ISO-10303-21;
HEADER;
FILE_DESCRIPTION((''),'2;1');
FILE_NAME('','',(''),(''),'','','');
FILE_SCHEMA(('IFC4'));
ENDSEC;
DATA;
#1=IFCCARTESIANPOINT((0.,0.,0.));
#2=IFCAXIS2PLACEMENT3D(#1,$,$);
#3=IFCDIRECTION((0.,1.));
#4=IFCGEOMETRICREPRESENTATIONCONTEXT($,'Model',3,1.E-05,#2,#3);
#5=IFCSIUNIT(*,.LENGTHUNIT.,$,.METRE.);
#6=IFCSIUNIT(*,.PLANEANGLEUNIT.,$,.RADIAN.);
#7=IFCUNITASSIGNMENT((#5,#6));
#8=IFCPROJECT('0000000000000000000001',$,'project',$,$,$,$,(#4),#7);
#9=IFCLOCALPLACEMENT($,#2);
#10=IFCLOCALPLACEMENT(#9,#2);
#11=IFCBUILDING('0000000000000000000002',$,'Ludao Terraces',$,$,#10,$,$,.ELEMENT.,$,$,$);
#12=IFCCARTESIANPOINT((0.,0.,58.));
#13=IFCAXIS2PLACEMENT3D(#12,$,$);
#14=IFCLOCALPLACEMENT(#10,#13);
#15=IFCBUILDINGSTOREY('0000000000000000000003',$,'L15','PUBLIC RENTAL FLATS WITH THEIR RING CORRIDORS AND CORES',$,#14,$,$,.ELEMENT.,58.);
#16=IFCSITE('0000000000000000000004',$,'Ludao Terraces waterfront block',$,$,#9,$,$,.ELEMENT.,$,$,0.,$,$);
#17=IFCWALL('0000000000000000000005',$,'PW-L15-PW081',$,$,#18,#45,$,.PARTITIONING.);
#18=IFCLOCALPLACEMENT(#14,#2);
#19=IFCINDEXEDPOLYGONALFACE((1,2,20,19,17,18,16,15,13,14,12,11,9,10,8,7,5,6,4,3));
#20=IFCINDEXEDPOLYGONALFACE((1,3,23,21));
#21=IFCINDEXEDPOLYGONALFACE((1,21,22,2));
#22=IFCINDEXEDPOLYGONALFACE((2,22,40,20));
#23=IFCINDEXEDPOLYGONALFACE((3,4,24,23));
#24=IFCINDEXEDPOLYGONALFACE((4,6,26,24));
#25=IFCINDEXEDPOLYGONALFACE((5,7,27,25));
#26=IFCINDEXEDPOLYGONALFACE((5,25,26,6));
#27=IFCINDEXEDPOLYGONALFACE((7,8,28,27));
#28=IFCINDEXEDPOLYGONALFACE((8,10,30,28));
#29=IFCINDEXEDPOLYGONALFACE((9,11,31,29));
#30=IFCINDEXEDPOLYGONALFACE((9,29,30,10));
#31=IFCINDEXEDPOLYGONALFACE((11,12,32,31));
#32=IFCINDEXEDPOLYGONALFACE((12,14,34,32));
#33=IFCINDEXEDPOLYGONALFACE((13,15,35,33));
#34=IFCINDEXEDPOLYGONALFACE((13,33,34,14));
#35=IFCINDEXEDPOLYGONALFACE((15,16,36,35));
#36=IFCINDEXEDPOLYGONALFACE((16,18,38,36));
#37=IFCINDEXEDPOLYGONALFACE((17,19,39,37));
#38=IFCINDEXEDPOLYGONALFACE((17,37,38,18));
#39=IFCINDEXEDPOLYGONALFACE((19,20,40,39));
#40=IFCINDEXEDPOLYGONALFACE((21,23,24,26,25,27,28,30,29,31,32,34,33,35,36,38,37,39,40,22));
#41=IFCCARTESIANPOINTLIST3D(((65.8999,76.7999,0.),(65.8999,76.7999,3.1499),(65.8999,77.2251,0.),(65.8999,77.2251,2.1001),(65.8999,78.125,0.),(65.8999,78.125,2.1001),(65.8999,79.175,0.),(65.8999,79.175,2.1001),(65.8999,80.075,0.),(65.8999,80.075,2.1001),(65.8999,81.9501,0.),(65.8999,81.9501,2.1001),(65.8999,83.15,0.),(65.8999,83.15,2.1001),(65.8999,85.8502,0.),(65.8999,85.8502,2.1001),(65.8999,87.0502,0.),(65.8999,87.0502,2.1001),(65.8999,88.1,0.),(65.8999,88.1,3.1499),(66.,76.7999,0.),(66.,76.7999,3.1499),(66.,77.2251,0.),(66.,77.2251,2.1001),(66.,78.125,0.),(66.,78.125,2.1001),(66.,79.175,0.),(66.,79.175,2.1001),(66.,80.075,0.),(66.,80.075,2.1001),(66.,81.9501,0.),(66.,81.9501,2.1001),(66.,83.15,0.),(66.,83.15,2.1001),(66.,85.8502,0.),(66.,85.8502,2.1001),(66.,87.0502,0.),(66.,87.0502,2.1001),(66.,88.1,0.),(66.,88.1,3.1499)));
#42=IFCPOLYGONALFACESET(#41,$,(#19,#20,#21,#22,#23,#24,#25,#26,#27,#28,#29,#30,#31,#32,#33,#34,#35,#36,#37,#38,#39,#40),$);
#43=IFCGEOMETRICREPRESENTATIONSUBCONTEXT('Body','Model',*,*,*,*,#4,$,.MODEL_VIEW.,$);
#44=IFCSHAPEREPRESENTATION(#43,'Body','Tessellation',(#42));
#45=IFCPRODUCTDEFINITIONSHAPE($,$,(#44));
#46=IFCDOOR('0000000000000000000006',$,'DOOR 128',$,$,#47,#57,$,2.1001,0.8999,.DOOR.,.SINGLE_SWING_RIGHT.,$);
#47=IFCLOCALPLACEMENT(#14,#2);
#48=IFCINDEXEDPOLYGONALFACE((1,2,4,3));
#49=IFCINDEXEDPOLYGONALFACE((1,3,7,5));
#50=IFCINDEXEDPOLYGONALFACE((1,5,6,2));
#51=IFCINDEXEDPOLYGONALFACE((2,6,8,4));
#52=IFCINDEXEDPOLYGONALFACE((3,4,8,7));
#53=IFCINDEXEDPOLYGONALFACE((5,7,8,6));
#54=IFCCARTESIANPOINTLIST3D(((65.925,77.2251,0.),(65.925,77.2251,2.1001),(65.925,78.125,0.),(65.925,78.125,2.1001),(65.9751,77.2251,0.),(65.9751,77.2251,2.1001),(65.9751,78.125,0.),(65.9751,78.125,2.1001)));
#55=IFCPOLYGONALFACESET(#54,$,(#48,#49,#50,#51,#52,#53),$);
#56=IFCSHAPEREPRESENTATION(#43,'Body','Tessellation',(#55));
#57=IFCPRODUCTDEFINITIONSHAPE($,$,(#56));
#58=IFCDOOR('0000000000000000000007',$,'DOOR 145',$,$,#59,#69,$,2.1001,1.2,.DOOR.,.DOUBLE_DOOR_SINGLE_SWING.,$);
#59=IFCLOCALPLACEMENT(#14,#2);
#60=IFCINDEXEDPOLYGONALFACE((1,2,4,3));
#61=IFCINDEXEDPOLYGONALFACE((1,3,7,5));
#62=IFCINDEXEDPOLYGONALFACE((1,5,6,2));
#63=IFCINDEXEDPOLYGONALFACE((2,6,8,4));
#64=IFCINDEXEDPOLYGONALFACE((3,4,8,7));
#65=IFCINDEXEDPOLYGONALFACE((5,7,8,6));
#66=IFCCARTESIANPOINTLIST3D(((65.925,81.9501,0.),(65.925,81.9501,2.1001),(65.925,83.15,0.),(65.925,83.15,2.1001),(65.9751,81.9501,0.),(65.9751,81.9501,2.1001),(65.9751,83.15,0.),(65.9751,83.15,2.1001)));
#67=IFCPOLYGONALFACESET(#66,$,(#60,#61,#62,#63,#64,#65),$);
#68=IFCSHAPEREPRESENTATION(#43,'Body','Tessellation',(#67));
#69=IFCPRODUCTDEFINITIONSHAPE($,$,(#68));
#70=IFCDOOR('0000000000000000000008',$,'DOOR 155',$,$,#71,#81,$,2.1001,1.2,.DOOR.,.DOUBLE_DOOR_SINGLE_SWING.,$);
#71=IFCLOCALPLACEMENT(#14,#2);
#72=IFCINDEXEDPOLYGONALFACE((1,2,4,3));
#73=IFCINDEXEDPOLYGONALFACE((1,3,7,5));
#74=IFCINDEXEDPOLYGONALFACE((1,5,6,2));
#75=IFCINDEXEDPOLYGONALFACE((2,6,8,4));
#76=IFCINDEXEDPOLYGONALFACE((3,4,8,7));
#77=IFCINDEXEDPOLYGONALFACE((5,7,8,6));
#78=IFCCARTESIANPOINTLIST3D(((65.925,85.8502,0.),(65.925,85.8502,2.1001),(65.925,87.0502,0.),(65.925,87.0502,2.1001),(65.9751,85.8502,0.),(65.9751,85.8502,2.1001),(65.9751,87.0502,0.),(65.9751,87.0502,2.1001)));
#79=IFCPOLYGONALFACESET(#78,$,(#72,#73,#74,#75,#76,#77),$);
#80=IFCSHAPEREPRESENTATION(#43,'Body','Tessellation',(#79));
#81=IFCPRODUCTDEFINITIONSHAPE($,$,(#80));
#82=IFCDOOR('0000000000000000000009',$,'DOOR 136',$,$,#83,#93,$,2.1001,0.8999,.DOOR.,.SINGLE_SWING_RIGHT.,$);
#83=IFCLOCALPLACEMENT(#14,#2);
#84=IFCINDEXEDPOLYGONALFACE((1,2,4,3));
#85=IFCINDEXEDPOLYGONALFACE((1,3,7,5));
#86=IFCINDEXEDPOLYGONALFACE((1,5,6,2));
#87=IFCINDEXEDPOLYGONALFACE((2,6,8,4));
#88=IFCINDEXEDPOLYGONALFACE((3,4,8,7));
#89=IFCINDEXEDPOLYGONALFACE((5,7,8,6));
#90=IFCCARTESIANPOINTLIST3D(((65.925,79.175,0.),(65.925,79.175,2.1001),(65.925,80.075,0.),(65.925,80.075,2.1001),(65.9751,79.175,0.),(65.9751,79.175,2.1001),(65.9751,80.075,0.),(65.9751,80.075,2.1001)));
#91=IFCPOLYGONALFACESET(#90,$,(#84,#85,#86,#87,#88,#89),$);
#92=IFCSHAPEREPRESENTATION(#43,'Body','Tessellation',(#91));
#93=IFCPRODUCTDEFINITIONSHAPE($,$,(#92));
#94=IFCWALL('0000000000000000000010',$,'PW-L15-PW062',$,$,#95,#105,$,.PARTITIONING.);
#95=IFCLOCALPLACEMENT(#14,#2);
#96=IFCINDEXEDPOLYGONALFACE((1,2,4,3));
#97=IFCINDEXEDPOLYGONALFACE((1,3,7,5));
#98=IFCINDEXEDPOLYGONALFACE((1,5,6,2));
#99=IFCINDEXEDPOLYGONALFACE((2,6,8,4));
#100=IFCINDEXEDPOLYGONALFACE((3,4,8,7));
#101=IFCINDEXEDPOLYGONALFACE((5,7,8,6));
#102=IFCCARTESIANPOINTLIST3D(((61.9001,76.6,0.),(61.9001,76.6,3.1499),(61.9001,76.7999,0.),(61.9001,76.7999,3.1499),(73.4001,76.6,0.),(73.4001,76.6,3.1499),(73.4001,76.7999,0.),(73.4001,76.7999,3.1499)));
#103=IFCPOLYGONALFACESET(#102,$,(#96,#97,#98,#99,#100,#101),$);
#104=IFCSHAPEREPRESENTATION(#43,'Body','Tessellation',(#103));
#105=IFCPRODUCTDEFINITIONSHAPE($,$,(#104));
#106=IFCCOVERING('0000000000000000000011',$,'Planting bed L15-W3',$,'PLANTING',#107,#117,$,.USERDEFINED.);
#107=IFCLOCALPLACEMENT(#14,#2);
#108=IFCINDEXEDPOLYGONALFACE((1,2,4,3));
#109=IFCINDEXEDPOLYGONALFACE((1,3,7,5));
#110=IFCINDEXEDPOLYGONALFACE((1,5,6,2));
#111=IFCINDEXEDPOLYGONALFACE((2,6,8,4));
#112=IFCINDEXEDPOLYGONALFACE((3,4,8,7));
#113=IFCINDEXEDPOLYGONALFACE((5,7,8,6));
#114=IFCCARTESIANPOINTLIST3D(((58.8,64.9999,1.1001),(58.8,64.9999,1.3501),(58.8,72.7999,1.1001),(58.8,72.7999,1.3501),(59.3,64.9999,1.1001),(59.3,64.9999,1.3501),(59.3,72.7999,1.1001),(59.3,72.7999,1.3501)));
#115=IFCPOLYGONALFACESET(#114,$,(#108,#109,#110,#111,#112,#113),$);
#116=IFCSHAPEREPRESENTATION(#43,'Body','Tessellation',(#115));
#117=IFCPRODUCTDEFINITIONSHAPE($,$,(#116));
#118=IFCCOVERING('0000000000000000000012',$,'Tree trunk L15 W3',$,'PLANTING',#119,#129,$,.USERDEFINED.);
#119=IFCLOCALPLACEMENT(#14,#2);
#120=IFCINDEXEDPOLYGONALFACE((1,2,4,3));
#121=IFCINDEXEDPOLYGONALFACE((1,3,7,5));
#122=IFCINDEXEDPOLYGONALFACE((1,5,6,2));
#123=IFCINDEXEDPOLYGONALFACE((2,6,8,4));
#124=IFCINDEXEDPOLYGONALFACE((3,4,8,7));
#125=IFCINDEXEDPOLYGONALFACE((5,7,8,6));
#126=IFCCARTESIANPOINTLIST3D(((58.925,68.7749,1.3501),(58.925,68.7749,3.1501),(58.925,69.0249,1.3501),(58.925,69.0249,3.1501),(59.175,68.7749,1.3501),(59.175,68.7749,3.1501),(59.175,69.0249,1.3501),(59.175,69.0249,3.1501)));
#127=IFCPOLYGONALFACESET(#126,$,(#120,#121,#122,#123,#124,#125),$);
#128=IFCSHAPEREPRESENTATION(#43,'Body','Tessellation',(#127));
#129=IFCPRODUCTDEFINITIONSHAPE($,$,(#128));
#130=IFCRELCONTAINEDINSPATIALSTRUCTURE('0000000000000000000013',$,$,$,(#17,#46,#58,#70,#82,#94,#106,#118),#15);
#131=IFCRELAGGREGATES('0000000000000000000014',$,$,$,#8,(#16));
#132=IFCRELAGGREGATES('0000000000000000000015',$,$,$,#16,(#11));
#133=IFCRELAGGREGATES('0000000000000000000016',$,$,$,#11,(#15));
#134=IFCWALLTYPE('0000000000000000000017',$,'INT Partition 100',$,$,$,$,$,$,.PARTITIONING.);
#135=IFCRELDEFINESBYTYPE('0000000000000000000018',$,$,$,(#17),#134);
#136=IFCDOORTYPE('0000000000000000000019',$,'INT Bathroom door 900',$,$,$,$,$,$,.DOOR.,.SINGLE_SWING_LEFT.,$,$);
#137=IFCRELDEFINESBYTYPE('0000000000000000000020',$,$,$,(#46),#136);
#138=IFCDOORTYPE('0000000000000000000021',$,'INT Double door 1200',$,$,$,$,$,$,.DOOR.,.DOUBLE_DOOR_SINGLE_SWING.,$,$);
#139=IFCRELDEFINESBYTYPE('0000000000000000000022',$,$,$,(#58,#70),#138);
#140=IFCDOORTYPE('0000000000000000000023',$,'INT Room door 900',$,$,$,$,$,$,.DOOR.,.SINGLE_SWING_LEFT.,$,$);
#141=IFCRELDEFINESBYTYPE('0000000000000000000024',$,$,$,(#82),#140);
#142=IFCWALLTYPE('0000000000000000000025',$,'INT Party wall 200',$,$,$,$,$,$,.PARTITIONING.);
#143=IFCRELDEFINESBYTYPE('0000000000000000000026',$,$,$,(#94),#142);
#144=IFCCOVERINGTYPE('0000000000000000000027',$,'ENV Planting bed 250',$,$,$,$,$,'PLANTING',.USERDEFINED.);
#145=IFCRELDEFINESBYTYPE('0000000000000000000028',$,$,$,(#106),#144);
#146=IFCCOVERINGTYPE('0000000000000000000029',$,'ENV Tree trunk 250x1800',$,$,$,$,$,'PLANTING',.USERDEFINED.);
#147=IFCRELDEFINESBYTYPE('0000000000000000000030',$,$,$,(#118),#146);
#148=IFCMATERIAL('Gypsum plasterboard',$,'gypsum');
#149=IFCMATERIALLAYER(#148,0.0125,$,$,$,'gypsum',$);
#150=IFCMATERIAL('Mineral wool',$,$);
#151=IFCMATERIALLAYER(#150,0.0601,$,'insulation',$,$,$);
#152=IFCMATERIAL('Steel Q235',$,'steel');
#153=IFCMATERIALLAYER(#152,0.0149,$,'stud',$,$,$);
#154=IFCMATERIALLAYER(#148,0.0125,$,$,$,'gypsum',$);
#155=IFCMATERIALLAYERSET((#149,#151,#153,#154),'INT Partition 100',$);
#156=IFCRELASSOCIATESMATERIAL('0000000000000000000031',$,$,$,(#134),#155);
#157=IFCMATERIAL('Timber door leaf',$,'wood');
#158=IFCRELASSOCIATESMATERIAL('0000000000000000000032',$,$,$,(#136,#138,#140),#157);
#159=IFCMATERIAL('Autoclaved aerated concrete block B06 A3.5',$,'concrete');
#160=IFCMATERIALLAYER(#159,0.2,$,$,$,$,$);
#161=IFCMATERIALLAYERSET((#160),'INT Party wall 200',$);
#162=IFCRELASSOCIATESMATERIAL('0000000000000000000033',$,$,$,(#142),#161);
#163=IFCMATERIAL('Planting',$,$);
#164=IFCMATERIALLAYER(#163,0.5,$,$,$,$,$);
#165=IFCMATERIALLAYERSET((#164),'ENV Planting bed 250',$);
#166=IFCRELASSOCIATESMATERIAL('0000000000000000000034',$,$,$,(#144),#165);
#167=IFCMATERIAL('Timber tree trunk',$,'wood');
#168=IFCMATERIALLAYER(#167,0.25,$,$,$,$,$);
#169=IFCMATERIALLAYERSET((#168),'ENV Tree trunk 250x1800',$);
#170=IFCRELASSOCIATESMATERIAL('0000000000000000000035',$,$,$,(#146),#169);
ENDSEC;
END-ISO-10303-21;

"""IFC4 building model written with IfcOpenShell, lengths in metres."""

from ifc_helpers import new_model, si_unit, direction, frame, frame_2d, origin, origin_2d, place, context, subcontext, project, spatial, rectangle, extrude, material, layer, layer_set, type_object, element, fill, save


model = new_model("IFC4")

# Units and contexts
model_context = context("Model", 3, precision=1e-05, world=origin(), true_north=direction((0.0, 1.0)))
body_context = subcontext(model_context, "Body", "Model", "MODEL_VIEW")
ifc_project = project(units=[si_unit("LENGTHUNIT", "METRE"), si_unit("PLANEANGLEUNIT", "RADIAN")], contexts=[model_context])

# Site, building, storey
site_placement = place(None, origin())
site = spatial("IfcSite", under=ifc_project, at=site_placement, Name="Ludao Terraces waterfront block", CompositionType="ELEMENT", RefElevation=0.0)
building_placement = place(site_placement, origin())
building = spatial("IfcBuilding", under=site, at=building_placement, Name="Ludao Terraces", CompositionType="ELEMENT")
storey_placement = place(building_placement, frame((0.0, 0.0, 58.0)))
storey = spatial("IfcBuildingStorey", under=building, at=storey_placement, Name="L15", Description="PUBLIC RENTAL FLATS WITH THEIR RING CORRIDORS AND CORES", CompositionType="ELEMENT", Elevation=58.0)

# Shared definitions
ifc_material_1 = material(Name="Mineral wool")

# Shared definitions
ifc_material_2 = material(Name="Gypsum plasterboard", Category="gypsum")
ifc_layer_1 = layer(ifc_material_2, 0.0125, Category="gypsum")
ifc_layer_2 = layer(ifc_material_1, 0.0601, Name="insulation")
ifc_material_3 = material(Name="Steel Q235", Category="steel")
ifc_layer_3 = layer(ifc_material_3, 0.0149, Name="stud")
ifc_layer_4 = layer(ifc_material_2, 0.0125, Category="gypsum")
ifc_layer_set_1 = layer_set([ifc_layer_1, ifc_layer_2, ifc_layer_3, ifc_layer_4], Name="INT Partition 100")
wall_type_1 = type_object("IfcWallType", Name="INT Partition 100", PredefinedType="PARTITIONING", material=ifc_layer_set_1)

# Wall, openings, doors
wall_1_placement = place(storey_placement, frame((65.95, 76.8, 0.0), z_axis=(0.0, 0.0, 1.0), x_axis=(0.0, 1.0, 0.0)))
wall_1 = element("IfcWall", 1, at=wall_1_placement, inside=storey, type_object=wall_type_1, Name="PW-L15-PW081", PredefinedType="PARTITIONING", context=body_context, shape_type="SweptSolid", body=[
    extrude(rectangle(XDim=11.3, YDim=0.1001, at=frame_2d((5.6499, 0.0))), origin(), (0.0, 0.0, 1.0), 3.1499),
])
opening_1_placement = place(wall_1_placement, frame((0.425, 0.0, 0.0)))
opening_1 = element("IfcOpeningElement", 2, at=opening_1_placement, cuts=wall_1, PredefinedType="OPENING", context=body_context, shape_type="SweptSolid", body=[
    extrude(rectangle(XDim=0.8999, YDim=2.1001, at=frame_2d((0.45, 1.05))), frame((0.0, 0.0601, 0.0), z_axis=(0.0, -1.0, 0.0), x_axis=(1.0, 0.0, 0.0)), (0.0, 0.0, 1.0), 0.1201),
])
opening_2_placement = place(wall_1_placement, frame((2.375, 0.0, 0.0)))
opening_2 = element("IfcOpeningElement", 3, at=opening_2_placement, cuts=wall_1, PredefinedType="OPENING", context=body_context, shape_type="SweptSolid", body=[
    extrude(rectangle(XDim=0.8999, YDim=2.1001, at=frame_2d((0.45, 1.05))), frame((0.0, 0.0601, 0.0), z_axis=(0.0, -1.0, 0.0), x_axis=(1.0, 0.0, 0.0)), (0.0, 0.0, 1.0), 0.1201),
])
opening_3_placement = place(wall_1_placement, frame((5.1499, 0.0, 0.0)))
opening_3 = element("IfcOpeningElement", 4, at=opening_3_placement, cuts=wall_1, PredefinedType="OPENING", context=body_context, shape_type="SweptSolid", body=[
    extrude(rectangle(XDim=1.2, YDim=2.1001, at=frame_2d((0.6001, 1.05))), frame((0.0, 0.0601, 0.0), z_axis=(0.0, -1.0, 0.0), x_axis=(1.0, 0.0, 0.0)), (0.0, 0.0, 1.0), 0.1201),
])
opening_4_placement = place(wall_1_placement, frame((9.05, 0.0, 0.0)))
opening_4 = element("IfcOpeningElement", 5, at=opening_4_placement, cuts=wall_1, PredefinedType="OPENING", context=body_context, shape_type="SweptSolid", body=[
    extrude(rectangle(XDim=1.2, YDim=2.1001, at=frame_2d((0.6001, 1.05))), frame((0.0, 0.0601, 0.0), z_axis=(0.0, -1.0, 0.0), x_axis=(1.0, 0.0, 0.0)), (0.0, 0.0, 1.0), 0.1201),
])
ifc_material_4 = material(Name="Timber door leaf", Category="wood")
door_type_1 = type_object("IfcDoorType", Name="INT Bathroom door 900", OperationType="SINGLE_SWING_LEFT", PredefinedType="DOOR", material=ifc_material_4)
door_1_placement = place(opening_1_placement, origin())
door_1 = element("IfcDoor", 6, at=door_1_placement, inside=storey, type_object=door_type_1, Name="DOOR 128", OperationType="SINGLE_SWING_RIGHT", OverallHeight=2.1001, OverallWidth=0.8999, PredefinedType="DOOR", context=body_context, shape_type="SweptSolid", body=[
    extrude(rectangle(XDim=0.8999, YDim=2.1001, at=frame_2d((0.45, 1.05))), frame((0.0, 0.0249, 0.0), z_axis=(0.0, -1.0, 0.0), x_axis=(1.0, 0.0, 0.0)), (0.0, 0.0, 1.0), 0.05),
])
fill(opening_1, door_1)
door_type_2 = type_object("IfcDoorType", Name="INT Double door 1200", OperationType="DOUBLE_DOOR_SINGLE_SWING", PredefinedType="DOOR", material=ifc_material_4)
door_2_placement = place(opening_3_placement, origin())
door_2 = element("IfcDoor", 7, at=door_2_placement, inside=storey, type_object=door_type_2, Name="DOOR 145", OperationType="DOUBLE_DOOR_SINGLE_SWING", OverallHeight=2.1001, OverallWidth=1.2, PredefinedType="DOOR", context=body_context, shape_type="SweptSolid", body=[
    extrude(rectangle(XDim=1.2, YDim=2.1001, at=frame_2d((0.6001, 1.05))), frame((0.0, 0.0249, 0.0), z_axis=(0.0, -1.0, 0.0), x_axis=(1.0, 0.0, 0.0)), (0.0, 0.0, 1.0), 0.05),
])
fill(opening_3, door_2)
door_3_placement = place(opening_4_placement, origin())
door_3 = element("IfcDoor", 8, at=door_3_placement, inside=storey, type_object=door_type_2, Name="DOOR 155", OperationType="DOUBLE_DOOR_SINGLE_SWING", OverallHeight=2.1001, OverallWidth=1.2, PredefinedType="DOOR", context=body_context, shape_type="SweptSolid", body=[
    extrude(rectangle(XDim=1.2, YDim=2.1001, at=frame_2d((0.6001, 1.05))), frame((0.0, 0.0249, 0.0), z_axis=(0.0, -1.0, 0.0), x_axis=(1.0, 0.0, 0.0)), (0.0, 0.0, 1.0), 0.05),
])
fill(opening_4, door_3)
door_type_3 = type_object("IfcDoorType", Name="INT Room door 900", OperationType="SINGLE_SWING_LEFT", PredefinedType="DOOR", material=ifc_material_4)
door_4_placement = place(opening_2_placement, origin())
door_4 = element("IfcDoor", 9, at=door_4_placement, inside=storey, type_object=door_type_3, Name="DOOR 136", OperationType="SINGLE_SWING_RIGHT", OverallHeight=2.1001, OverallWidth=0.8999, PredefinedType="DOOR", context=body_context, shape_type="SweptSolid", body=[
    extrude(rectangle(XDim=0.8999, YDim=2.1001, at=frame_2d((0.45, 1.05))), frame((0.0, 0.0249, 0.0), z_axis=(0.0, -1.0, 0.0), x_axis=(1.0, 0.0, 0.0)), (0.0, 0.0, 1.0), 0.05),
])
fill(opening_2, door_4)

# Wall
ifc_material_5 = material(Name="Autoclaved aerated concrete block B06 A3.5", Category="concrete")
ifc_layer_5 = layer(ifc_material_5, 0.2)
ifc_layer_set_2 = layer_set([ifc_layer_5], Name="INT Party wall 200")
wall_type_2 = type_object("IfcWallType", Name="INT Party wall 200", PredefinedType="PARTITIONING", material=ifc_layer_set_2)
wall_2_placement = place(storey_placement, frame((61.9001, 76.7, 0.0), z_axis=(0.0, 0.0, 1.0), x_axis=(1.0, 0.0, 0.0)))
element("IfcWall", 10, at=wall_2_placement, inside=storey, type_object=wall_type_2, Name="PW-L15-PW062", PredefinedType="PARTITIONING", context=body_context, shape_type="SweptSolid", body=[
    extrude(rectangle(XDim=11.5, YDim=0.2, at=frame_2d((5.75, 0.0))), origin(), (0.0, 0.0, 1.0), 3.1499),
])

# Coverings
ifc_material_6 = material(Name="Planting")
ifc_layer_6 = layer(ifc_material_6, 0.5)
ifc_layer_set_3 = layer_set([ifc_layer_6], Name="ENV Planting bed 250")
covering_type_1 = type_object("IfcCoveringType", Name="ENV Planting bed 250", ElementType="PLANTING", PredefinedType="USERDEFINED", material=ifc_layer_set_3)
covering_1_placement = place(storey_placement, frame((59.05, 68.8999, 1.1001), z_axis=(0.0, 0.0, 1.0), x_axis=(1.0, 0.0, 0.0)))
element("IfcCovering", 11, at=covering_1_placement, inside=storey, type_object=covering_type_1, Name="Planting bed L15-W3", ObjectType="PLANTING", PredefinedType="USERDEFINED", context=body_context, shape_type="SweptSolid", body=[
    extrude(rectangle(XDim=0.5, YDim=7.8, at=origin_2d()), origin(), (0.0, 0.0, 1.0), 0.25),
])
ifc_material_7 = material(Name="Timber tree trunk", Category="wood")
ifc_layer_7 = layer(ifc_material_7, 0.25)
ifc_layer_set_4 = layer_set([ifc_layer_7], Name="ENV Tree trunk 250x1800")
covering_type_2 = type_object("IfcCoveringType", Name="ENV Tree trunk 250x1800", ElementType="PLANTING", PredefinedType="USERDEFINED", material=ifc_layer_set_4)
covering_2_placement = place(storey_placement, frame((59.05, 68.8999, 1.3501), z_axis=(0.0, 0.0, 1.0), x_axis=(1.0, 0.0, 0.0)))
element("IfcCovering", 12, at=covering_2_placement, inside=storey, type_object=covering_type_2, Name="Tree trunk L15 W3", ObjectType="PLANTING", PredefinedType="USERDEFINED", context=body_context, shape_type="SweptSolid", body=[
    extrude(rectangle(XDim=0.25, YDim=0.25, at=origin_2d()), origin(), (0.0, 0.0, 1.0), 1.8),
])

save(model, "model.ifc")
